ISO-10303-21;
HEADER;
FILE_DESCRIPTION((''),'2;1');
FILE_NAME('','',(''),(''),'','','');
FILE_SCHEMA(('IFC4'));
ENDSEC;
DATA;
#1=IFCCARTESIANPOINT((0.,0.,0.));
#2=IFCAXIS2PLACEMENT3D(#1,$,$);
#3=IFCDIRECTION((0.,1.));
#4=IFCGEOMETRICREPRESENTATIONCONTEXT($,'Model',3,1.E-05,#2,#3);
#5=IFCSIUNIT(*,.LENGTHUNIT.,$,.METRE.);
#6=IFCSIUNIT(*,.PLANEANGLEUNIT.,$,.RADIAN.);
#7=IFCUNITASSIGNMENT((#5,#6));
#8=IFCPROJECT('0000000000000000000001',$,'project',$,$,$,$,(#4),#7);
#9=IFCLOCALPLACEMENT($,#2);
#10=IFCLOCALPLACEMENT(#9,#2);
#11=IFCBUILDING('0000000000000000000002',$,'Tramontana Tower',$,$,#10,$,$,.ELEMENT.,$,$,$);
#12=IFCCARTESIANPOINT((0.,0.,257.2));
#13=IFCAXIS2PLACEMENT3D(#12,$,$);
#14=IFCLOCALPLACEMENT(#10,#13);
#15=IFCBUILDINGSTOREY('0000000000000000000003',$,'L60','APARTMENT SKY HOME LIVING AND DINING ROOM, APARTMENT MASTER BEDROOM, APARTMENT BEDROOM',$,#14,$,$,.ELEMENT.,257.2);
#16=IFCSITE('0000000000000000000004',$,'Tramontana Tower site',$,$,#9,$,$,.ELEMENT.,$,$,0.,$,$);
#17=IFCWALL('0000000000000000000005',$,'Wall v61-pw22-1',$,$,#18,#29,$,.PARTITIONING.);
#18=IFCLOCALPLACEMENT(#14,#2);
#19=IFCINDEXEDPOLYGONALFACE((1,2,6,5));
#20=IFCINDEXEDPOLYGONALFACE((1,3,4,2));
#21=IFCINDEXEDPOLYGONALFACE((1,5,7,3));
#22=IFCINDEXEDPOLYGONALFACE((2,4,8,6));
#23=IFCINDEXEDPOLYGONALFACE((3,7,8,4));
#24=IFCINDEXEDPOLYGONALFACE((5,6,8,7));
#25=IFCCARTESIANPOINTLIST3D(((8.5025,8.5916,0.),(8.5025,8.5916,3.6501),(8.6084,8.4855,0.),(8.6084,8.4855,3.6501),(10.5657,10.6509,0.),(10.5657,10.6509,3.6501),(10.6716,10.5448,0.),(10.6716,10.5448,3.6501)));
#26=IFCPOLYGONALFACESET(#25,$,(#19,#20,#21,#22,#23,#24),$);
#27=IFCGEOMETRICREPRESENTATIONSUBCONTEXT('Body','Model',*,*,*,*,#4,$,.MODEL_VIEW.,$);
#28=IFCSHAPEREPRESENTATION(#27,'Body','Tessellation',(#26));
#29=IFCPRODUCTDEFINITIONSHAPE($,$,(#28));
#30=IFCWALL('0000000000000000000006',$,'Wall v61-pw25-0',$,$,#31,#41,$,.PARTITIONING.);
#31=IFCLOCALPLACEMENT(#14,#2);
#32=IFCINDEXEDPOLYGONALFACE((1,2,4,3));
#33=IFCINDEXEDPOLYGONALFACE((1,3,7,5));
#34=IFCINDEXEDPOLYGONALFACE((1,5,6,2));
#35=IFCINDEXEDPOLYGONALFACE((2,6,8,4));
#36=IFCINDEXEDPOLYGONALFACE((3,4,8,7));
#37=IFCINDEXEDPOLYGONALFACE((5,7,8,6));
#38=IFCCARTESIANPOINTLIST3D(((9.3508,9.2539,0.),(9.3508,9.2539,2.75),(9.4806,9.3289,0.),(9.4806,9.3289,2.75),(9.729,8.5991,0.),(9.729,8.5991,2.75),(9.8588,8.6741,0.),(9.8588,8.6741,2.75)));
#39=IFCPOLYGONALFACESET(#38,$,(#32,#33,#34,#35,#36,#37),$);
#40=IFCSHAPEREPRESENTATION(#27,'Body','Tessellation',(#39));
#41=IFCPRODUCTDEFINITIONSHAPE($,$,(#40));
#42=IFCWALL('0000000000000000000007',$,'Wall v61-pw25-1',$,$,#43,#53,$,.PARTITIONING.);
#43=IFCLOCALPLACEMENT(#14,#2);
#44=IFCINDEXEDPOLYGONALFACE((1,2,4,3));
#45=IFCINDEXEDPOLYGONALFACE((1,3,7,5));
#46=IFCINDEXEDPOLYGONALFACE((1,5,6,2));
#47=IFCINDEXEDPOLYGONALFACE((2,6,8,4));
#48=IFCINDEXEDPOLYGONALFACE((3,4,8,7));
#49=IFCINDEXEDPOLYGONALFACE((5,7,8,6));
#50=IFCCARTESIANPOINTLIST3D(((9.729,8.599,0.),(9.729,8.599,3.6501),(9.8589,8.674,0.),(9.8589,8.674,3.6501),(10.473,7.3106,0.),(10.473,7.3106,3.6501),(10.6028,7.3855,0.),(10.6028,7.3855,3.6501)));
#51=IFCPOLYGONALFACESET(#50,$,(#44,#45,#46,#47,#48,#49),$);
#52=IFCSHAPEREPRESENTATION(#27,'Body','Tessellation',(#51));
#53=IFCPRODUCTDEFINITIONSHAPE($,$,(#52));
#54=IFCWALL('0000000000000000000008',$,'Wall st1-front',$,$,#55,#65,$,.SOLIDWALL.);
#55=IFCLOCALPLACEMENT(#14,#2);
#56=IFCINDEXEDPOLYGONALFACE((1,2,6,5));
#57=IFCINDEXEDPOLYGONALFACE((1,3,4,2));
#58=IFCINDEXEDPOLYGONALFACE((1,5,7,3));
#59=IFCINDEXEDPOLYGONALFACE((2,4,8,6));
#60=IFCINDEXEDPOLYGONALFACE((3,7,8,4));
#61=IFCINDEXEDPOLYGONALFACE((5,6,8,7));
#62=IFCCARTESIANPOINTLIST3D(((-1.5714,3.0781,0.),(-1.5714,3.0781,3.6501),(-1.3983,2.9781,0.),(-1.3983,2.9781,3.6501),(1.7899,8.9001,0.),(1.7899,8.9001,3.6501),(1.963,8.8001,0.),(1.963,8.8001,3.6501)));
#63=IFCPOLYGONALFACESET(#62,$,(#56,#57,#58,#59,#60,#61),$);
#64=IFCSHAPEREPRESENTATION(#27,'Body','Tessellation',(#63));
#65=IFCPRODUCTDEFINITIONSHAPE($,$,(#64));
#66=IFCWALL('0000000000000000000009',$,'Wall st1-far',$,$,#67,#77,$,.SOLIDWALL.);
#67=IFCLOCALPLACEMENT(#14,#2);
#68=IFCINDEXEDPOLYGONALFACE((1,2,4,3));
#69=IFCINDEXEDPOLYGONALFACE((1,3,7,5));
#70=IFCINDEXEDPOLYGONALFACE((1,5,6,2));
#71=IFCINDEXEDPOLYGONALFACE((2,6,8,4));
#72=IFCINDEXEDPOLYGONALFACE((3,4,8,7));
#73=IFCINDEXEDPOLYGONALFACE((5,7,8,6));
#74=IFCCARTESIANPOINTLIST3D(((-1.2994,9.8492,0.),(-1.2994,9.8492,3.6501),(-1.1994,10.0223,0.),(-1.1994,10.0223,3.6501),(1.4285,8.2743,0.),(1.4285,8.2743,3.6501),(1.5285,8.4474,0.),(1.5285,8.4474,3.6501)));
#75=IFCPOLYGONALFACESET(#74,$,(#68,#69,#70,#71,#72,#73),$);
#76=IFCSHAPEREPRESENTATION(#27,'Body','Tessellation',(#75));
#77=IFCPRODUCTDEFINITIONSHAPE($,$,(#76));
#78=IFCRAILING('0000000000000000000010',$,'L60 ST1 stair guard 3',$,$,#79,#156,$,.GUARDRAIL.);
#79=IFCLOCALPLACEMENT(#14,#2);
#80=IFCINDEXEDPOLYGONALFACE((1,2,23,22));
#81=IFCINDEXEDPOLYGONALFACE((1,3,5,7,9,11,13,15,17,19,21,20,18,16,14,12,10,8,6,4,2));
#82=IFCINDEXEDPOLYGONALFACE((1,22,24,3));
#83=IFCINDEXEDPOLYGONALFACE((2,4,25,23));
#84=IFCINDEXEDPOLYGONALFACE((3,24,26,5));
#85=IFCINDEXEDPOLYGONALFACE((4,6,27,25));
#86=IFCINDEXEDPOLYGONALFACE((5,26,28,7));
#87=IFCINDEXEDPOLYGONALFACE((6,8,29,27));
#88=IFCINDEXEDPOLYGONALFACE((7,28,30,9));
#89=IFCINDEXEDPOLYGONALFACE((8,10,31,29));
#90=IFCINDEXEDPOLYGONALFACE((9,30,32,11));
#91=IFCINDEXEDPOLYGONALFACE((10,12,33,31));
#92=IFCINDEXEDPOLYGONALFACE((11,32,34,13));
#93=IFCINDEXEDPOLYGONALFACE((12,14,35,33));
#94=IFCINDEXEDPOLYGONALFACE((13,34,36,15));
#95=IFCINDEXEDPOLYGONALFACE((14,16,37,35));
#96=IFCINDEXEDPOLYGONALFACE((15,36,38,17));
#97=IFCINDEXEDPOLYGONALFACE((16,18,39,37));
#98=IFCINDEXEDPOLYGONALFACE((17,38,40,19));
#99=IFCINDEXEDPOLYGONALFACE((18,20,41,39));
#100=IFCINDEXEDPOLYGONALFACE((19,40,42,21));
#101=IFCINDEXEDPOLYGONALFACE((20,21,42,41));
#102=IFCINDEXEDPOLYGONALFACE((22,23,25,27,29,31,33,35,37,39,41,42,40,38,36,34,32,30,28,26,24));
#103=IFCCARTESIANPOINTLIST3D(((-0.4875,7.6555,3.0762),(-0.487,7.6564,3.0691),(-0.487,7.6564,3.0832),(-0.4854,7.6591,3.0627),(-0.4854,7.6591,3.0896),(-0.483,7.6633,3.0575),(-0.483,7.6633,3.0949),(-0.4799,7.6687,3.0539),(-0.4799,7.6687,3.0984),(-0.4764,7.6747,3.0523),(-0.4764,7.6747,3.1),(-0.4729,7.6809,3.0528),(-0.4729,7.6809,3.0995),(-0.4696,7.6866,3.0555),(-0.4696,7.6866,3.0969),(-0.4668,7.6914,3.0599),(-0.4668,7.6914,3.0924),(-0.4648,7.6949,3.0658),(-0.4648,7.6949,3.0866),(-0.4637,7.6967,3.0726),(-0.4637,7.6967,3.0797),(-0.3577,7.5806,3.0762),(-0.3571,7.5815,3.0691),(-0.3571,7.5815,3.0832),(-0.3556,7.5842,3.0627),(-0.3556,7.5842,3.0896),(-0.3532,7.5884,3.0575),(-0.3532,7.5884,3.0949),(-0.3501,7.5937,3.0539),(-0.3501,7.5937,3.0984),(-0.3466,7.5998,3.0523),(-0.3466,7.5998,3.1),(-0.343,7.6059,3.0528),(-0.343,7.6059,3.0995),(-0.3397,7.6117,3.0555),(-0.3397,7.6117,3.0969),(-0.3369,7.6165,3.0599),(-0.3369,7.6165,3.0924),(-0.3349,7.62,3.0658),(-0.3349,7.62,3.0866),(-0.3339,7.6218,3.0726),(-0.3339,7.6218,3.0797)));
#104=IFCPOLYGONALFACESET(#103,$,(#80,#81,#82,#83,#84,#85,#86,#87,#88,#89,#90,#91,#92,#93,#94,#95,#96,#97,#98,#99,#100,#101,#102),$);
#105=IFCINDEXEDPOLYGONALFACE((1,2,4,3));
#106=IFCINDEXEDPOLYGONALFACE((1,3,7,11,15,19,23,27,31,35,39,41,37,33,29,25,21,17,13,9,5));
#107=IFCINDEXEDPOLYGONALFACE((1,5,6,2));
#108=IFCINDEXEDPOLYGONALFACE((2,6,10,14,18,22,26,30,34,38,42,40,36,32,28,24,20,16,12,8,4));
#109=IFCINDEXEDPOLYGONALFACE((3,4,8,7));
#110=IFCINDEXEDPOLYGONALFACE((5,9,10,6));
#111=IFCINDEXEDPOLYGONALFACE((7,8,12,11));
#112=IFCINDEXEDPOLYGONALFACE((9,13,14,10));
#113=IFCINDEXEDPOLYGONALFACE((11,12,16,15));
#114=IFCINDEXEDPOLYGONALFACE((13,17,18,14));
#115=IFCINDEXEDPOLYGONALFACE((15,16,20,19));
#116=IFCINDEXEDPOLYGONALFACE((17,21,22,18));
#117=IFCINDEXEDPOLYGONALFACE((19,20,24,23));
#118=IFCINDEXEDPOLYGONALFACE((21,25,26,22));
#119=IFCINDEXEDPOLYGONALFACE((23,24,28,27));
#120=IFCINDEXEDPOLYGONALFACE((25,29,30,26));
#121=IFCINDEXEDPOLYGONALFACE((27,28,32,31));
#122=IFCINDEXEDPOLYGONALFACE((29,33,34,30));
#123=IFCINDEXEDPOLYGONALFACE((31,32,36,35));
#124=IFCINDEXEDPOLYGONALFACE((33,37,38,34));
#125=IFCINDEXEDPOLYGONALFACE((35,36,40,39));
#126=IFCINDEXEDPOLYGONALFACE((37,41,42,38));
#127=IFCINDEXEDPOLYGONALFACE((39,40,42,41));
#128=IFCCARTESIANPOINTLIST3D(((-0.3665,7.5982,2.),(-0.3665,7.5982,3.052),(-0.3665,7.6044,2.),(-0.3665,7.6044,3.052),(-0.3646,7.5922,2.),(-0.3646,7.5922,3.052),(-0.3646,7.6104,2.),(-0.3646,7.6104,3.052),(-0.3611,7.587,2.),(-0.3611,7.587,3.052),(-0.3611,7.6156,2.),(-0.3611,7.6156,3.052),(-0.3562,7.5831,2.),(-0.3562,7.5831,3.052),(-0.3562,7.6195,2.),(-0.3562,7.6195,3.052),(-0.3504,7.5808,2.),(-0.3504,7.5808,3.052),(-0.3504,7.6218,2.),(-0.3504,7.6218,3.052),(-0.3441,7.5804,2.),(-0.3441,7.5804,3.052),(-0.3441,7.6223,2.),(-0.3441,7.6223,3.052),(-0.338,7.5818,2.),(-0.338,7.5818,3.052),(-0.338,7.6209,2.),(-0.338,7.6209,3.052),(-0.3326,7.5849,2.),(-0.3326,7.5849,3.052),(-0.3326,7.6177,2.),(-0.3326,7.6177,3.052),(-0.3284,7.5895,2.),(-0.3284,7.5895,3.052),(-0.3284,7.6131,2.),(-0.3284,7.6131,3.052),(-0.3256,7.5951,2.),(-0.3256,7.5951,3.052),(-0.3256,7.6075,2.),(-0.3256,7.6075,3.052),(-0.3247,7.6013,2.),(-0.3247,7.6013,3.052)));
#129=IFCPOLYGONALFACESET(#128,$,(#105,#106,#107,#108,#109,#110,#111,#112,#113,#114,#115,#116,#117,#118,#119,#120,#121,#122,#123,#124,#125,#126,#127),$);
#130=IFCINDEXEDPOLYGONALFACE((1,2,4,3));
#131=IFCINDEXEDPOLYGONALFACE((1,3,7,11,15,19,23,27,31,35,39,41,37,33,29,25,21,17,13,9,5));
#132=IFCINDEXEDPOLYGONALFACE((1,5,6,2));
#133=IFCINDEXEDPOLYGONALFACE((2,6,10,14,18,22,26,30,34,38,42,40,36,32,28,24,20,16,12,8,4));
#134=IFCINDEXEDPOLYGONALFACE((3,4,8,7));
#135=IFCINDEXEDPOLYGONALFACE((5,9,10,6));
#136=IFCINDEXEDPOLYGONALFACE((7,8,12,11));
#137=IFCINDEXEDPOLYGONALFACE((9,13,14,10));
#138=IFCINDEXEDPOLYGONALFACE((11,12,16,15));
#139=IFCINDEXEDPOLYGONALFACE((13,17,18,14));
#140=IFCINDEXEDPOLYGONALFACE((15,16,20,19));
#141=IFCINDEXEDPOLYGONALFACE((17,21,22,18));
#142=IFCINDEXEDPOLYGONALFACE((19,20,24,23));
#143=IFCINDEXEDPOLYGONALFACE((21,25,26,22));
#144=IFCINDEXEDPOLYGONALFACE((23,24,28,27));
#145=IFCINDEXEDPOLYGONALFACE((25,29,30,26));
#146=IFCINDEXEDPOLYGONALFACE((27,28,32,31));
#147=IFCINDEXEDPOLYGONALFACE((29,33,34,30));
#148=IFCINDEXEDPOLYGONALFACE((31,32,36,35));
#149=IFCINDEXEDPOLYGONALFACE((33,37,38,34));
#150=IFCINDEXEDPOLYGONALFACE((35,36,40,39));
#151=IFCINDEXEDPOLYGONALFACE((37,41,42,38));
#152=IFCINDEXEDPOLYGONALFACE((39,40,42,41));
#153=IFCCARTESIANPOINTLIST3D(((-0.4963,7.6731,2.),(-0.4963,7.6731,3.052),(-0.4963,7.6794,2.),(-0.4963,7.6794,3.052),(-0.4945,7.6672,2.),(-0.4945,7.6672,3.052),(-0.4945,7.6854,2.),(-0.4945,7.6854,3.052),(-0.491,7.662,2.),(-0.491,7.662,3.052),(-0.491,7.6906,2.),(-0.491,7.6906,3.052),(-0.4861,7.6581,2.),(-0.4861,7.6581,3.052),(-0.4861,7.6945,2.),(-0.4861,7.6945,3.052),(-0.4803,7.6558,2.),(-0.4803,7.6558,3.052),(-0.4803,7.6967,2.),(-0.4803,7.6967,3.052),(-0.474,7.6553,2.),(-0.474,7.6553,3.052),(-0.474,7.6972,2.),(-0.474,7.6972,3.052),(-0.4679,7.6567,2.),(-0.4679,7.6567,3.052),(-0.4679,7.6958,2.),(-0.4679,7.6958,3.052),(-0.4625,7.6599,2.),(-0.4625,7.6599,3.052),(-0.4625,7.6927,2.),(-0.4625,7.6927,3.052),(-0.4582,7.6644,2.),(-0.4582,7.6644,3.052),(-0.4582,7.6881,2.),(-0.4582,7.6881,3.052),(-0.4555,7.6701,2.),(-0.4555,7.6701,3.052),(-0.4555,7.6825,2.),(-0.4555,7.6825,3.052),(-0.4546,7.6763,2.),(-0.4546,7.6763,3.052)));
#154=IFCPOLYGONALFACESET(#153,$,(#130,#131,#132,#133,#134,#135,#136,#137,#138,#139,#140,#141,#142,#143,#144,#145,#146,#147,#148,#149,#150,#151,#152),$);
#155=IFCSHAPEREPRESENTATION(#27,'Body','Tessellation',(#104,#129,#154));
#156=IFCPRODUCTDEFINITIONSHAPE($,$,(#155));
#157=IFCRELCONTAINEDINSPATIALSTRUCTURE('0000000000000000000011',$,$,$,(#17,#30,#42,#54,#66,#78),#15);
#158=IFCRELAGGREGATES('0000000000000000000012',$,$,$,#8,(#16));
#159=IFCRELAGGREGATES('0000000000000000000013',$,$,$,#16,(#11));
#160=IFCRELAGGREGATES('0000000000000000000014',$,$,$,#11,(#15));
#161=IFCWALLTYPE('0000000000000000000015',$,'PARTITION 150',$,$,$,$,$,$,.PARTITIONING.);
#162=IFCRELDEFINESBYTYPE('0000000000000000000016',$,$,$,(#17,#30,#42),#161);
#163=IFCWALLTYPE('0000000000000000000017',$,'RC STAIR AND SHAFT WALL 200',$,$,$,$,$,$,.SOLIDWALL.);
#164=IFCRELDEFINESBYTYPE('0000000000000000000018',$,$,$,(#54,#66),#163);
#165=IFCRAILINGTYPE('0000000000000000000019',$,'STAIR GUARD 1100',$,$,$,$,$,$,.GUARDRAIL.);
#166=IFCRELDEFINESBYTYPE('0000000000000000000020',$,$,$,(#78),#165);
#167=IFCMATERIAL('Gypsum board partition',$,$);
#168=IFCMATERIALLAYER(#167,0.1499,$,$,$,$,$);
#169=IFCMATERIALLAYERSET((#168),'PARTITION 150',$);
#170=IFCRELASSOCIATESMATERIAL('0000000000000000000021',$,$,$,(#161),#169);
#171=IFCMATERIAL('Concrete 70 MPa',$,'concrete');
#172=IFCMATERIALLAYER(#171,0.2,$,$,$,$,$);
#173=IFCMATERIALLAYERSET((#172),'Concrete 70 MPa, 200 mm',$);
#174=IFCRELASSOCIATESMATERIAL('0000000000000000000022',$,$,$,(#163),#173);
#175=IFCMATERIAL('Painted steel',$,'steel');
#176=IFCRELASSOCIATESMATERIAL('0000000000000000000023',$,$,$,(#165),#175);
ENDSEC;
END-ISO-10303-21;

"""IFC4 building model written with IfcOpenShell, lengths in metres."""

from ifc_helpers import new_model, si_unit, direction, frame, frame_2d, origin, origin_2d, place, context, subcontext, project, spatial, rectangle, circle, extrude, material, layer, layer_set, type_object, element, save


model = new_model("IFC4")

# Units and contexts
model_context = context("Model", 3, precision=1e-05, world=origin(), true_north=direction((0.0, 1.0)))
body_context = subcontext(model_context, "Body", "Model", "MODEL_VIEW")
ifc_project = project(units=[si_unit("LENGTHUNIT", "METRE"), si_unit("PLANEANGLEUNIT", "RADIAN")], contexts=[model_context])

# Site, building, storey
site_placement = place(None, origin())
site = spatial("IfcSite", under=ifc_project, at=site_placement, Name="Tramontana Tower site", CompositionType="ELEMENT", RefElevation=0.0)
building_placement = place(site_placement, origin())
building = spatial("IfcBuilding", under=site, at=building_placement, Name="Tramontana Tower", CompositionType="ELEMENT")
storey_placement = place(building_placement, frame((0.0, 0.0, 257.2)))
storey = spatial("IfcBuildingStorey", under=building, at=storey_placement, Name="L60", Description="APARTMENT SKY HOME LIVING AND DINING ROOM, APARTMENT MASTER BEDROOM, APARTMENT BEDROOM", CompositionType="ELEMENT", Elevation=257.2)

# Shared definitions
ifc_material_1 = material(Name="Gypsum board partition")
ifc_layer_1 = layer(ifc_material_1, 0.1499)
ifc_layer_set_1 = layer_set([ifc_layer_1], Name="PARTITION 150")
wall_type_1 = type_object("IfcWallType", Name="PARTITION 150", PredefinedType="PARTITIONING", material=ifc_layer_set_1)

# Walls
wall_1_placement = place(storey_placement, frame((8.5554, 8.5386, 0.0), z_axis=(0.0, 0.0, 1.0), x_axis=(0.707776, 0.706436, 0.0)))
element("IfcWall", 1, at=wall_1_placement, inside=storey, type_object=wall_type_1, Name="Wall v61-pw22-1", PredefinedType="PARTITIONING", context=body_context, shape_type="SweptSolid", body=[
    extrude(rectangle(XDim=2.915, YDim=0.1499, at=frame_2d((1.4575, 0.0))), origin(), (0.0, 0.0, 1.0), 3.6501),
])
wall_2_placement = place(storey_placement, frame((9.4158, 9.2913, 0.0), z_axis=(0.0, 0.0, 1.0), x_axis=(0.500132, -0.865949, 0.0)))
element("IfcWall", 2, at=wall_2_placement, inside=storey, type_object=wall_type_1, Name="Wall v61-pw25-0", PredefinedType="PARTITIONING", context=body_context, shape_type="SweptSolid", body=[
    extrude(rectangle(XDim=0.7561, YDim=0.1499, at=frame_2d((0.3779, 0.0))), origin(), (0.0, 0.0, 1.0), 2.75),
])
wall_3_placement = place(storey_placement, frame((9.7939, 8.6365, 0.0), z_axis=(0.0, 0.0, 1.0), x_axis=(0.50004, -0.866002, 0.0)))
element("IfcWall", 3, at=wall_3_placement, inside=storey, type_object=wall_type_1, Name="Wall v61-pw25-1", PredefinedType="PARTITIONING", context=body_context, shape_type="SweptSolid", body=[
    extrude(rectangle(XDim=1.4878, YDim=0.1499, at=frame_2d((0.7439, 0.0))), origin(), (0.0, 0.0, 1.0), 3.6501),
])

# Walls
ifc_material_2 = material(Name="Concrete 70 MPa", Category="concrete")
ifc_layer_2 = layer(ifc_material_2, 0.2)
ifc_layer_set_2 = layer_set([ifc_layer_2], Name="Concrete 70 MPa, 200 mm")
wall_type_2 = type_object("IfcWallType", Name="RC STAIR AND SHAFT WALL 200", PredefinedType="SOLIDWALL", material=ifc_layer_set_2)
wall_4_placement = place(storey_placement, frame((1.8765, 8.8501, 0.0), z_axis=(0.0, 0.0, 1.0), x_axis=(-0.499998, -0.866027, 0.0)))
element("IfcWall", 4, at=wall_4_placement, inside=storey, type_object=wall_type_2, Name="Wall st1-front", PredefinedType="SOLIDWALL", context=body_context, shape_type="SweptSolid", body=[
    extrude(rectangle(XDim=6.7227, YDim=0.2, at=frame_2d((3.3613, 0.0))), origin(), (0.0, 0.0, 1.0), 3.6501),
])
wall_5_placement = place(storey_placement, frame((1.4785, 8.3608, 0.0), z_axis=(0.0, 0.0, 1.0), x_axis=(-0.866036, 0.499982, 0.0)))
element("IfcWall", 5, at=wall_5_placement, inside=storey, type_object=wall_type_2, Name="Wall st1-far", PredefinedType="SOLIDWALL", context=body_context, shape_type="SweptSolid", body=[
    extrude(rectangle(XDim=3.1499, YDim=0.2, at=frame_2d((1.575, 0.0))), origin(), (0.0, 0.0, 1.0), 3.6501),
])

# Railing
ifc_material_3 = material(Name="Painted steel", Category="steel")
railing_type = type_object("IfcRailingType", Name="STAIR GUARD 1100", PredefinedType="GUARDRAIL", material=ifc_material_3)
railing_placement = place(storey_placement, frame((-0.3457, 7.6013, 2.0)))
element("IfcRailing", 6, at=railing_placement, inside=storey, type_object=railing_type, Name="L60 ST1 stair guard 3", PredefinedType="GUARDRAIL", context=body_context, shape_type="SweptSolid", body=[
    extrude(circle(Radius=0.0239, at=origin_2d()), frame((0.0, 0.0, 1.0762), z_axis=(-0.866131, 0.499816, 0.0), x_axis=(-0.499816, -0.866131, 0.0)), (0.0, 0.0, 1.0), 0.1499),
    extrude(circle(Radius=0.021, at=origin_2d()), origin(), (0.0, 0.0, 1.0), 1.052),
    extrude(circle(Radius=0.021, at=origin_2d()), frame((-0.1299, 0.075, 0.0)), (0.0, 0.0, 1.0), 1.052),
])

save(model, "model.ifc")
